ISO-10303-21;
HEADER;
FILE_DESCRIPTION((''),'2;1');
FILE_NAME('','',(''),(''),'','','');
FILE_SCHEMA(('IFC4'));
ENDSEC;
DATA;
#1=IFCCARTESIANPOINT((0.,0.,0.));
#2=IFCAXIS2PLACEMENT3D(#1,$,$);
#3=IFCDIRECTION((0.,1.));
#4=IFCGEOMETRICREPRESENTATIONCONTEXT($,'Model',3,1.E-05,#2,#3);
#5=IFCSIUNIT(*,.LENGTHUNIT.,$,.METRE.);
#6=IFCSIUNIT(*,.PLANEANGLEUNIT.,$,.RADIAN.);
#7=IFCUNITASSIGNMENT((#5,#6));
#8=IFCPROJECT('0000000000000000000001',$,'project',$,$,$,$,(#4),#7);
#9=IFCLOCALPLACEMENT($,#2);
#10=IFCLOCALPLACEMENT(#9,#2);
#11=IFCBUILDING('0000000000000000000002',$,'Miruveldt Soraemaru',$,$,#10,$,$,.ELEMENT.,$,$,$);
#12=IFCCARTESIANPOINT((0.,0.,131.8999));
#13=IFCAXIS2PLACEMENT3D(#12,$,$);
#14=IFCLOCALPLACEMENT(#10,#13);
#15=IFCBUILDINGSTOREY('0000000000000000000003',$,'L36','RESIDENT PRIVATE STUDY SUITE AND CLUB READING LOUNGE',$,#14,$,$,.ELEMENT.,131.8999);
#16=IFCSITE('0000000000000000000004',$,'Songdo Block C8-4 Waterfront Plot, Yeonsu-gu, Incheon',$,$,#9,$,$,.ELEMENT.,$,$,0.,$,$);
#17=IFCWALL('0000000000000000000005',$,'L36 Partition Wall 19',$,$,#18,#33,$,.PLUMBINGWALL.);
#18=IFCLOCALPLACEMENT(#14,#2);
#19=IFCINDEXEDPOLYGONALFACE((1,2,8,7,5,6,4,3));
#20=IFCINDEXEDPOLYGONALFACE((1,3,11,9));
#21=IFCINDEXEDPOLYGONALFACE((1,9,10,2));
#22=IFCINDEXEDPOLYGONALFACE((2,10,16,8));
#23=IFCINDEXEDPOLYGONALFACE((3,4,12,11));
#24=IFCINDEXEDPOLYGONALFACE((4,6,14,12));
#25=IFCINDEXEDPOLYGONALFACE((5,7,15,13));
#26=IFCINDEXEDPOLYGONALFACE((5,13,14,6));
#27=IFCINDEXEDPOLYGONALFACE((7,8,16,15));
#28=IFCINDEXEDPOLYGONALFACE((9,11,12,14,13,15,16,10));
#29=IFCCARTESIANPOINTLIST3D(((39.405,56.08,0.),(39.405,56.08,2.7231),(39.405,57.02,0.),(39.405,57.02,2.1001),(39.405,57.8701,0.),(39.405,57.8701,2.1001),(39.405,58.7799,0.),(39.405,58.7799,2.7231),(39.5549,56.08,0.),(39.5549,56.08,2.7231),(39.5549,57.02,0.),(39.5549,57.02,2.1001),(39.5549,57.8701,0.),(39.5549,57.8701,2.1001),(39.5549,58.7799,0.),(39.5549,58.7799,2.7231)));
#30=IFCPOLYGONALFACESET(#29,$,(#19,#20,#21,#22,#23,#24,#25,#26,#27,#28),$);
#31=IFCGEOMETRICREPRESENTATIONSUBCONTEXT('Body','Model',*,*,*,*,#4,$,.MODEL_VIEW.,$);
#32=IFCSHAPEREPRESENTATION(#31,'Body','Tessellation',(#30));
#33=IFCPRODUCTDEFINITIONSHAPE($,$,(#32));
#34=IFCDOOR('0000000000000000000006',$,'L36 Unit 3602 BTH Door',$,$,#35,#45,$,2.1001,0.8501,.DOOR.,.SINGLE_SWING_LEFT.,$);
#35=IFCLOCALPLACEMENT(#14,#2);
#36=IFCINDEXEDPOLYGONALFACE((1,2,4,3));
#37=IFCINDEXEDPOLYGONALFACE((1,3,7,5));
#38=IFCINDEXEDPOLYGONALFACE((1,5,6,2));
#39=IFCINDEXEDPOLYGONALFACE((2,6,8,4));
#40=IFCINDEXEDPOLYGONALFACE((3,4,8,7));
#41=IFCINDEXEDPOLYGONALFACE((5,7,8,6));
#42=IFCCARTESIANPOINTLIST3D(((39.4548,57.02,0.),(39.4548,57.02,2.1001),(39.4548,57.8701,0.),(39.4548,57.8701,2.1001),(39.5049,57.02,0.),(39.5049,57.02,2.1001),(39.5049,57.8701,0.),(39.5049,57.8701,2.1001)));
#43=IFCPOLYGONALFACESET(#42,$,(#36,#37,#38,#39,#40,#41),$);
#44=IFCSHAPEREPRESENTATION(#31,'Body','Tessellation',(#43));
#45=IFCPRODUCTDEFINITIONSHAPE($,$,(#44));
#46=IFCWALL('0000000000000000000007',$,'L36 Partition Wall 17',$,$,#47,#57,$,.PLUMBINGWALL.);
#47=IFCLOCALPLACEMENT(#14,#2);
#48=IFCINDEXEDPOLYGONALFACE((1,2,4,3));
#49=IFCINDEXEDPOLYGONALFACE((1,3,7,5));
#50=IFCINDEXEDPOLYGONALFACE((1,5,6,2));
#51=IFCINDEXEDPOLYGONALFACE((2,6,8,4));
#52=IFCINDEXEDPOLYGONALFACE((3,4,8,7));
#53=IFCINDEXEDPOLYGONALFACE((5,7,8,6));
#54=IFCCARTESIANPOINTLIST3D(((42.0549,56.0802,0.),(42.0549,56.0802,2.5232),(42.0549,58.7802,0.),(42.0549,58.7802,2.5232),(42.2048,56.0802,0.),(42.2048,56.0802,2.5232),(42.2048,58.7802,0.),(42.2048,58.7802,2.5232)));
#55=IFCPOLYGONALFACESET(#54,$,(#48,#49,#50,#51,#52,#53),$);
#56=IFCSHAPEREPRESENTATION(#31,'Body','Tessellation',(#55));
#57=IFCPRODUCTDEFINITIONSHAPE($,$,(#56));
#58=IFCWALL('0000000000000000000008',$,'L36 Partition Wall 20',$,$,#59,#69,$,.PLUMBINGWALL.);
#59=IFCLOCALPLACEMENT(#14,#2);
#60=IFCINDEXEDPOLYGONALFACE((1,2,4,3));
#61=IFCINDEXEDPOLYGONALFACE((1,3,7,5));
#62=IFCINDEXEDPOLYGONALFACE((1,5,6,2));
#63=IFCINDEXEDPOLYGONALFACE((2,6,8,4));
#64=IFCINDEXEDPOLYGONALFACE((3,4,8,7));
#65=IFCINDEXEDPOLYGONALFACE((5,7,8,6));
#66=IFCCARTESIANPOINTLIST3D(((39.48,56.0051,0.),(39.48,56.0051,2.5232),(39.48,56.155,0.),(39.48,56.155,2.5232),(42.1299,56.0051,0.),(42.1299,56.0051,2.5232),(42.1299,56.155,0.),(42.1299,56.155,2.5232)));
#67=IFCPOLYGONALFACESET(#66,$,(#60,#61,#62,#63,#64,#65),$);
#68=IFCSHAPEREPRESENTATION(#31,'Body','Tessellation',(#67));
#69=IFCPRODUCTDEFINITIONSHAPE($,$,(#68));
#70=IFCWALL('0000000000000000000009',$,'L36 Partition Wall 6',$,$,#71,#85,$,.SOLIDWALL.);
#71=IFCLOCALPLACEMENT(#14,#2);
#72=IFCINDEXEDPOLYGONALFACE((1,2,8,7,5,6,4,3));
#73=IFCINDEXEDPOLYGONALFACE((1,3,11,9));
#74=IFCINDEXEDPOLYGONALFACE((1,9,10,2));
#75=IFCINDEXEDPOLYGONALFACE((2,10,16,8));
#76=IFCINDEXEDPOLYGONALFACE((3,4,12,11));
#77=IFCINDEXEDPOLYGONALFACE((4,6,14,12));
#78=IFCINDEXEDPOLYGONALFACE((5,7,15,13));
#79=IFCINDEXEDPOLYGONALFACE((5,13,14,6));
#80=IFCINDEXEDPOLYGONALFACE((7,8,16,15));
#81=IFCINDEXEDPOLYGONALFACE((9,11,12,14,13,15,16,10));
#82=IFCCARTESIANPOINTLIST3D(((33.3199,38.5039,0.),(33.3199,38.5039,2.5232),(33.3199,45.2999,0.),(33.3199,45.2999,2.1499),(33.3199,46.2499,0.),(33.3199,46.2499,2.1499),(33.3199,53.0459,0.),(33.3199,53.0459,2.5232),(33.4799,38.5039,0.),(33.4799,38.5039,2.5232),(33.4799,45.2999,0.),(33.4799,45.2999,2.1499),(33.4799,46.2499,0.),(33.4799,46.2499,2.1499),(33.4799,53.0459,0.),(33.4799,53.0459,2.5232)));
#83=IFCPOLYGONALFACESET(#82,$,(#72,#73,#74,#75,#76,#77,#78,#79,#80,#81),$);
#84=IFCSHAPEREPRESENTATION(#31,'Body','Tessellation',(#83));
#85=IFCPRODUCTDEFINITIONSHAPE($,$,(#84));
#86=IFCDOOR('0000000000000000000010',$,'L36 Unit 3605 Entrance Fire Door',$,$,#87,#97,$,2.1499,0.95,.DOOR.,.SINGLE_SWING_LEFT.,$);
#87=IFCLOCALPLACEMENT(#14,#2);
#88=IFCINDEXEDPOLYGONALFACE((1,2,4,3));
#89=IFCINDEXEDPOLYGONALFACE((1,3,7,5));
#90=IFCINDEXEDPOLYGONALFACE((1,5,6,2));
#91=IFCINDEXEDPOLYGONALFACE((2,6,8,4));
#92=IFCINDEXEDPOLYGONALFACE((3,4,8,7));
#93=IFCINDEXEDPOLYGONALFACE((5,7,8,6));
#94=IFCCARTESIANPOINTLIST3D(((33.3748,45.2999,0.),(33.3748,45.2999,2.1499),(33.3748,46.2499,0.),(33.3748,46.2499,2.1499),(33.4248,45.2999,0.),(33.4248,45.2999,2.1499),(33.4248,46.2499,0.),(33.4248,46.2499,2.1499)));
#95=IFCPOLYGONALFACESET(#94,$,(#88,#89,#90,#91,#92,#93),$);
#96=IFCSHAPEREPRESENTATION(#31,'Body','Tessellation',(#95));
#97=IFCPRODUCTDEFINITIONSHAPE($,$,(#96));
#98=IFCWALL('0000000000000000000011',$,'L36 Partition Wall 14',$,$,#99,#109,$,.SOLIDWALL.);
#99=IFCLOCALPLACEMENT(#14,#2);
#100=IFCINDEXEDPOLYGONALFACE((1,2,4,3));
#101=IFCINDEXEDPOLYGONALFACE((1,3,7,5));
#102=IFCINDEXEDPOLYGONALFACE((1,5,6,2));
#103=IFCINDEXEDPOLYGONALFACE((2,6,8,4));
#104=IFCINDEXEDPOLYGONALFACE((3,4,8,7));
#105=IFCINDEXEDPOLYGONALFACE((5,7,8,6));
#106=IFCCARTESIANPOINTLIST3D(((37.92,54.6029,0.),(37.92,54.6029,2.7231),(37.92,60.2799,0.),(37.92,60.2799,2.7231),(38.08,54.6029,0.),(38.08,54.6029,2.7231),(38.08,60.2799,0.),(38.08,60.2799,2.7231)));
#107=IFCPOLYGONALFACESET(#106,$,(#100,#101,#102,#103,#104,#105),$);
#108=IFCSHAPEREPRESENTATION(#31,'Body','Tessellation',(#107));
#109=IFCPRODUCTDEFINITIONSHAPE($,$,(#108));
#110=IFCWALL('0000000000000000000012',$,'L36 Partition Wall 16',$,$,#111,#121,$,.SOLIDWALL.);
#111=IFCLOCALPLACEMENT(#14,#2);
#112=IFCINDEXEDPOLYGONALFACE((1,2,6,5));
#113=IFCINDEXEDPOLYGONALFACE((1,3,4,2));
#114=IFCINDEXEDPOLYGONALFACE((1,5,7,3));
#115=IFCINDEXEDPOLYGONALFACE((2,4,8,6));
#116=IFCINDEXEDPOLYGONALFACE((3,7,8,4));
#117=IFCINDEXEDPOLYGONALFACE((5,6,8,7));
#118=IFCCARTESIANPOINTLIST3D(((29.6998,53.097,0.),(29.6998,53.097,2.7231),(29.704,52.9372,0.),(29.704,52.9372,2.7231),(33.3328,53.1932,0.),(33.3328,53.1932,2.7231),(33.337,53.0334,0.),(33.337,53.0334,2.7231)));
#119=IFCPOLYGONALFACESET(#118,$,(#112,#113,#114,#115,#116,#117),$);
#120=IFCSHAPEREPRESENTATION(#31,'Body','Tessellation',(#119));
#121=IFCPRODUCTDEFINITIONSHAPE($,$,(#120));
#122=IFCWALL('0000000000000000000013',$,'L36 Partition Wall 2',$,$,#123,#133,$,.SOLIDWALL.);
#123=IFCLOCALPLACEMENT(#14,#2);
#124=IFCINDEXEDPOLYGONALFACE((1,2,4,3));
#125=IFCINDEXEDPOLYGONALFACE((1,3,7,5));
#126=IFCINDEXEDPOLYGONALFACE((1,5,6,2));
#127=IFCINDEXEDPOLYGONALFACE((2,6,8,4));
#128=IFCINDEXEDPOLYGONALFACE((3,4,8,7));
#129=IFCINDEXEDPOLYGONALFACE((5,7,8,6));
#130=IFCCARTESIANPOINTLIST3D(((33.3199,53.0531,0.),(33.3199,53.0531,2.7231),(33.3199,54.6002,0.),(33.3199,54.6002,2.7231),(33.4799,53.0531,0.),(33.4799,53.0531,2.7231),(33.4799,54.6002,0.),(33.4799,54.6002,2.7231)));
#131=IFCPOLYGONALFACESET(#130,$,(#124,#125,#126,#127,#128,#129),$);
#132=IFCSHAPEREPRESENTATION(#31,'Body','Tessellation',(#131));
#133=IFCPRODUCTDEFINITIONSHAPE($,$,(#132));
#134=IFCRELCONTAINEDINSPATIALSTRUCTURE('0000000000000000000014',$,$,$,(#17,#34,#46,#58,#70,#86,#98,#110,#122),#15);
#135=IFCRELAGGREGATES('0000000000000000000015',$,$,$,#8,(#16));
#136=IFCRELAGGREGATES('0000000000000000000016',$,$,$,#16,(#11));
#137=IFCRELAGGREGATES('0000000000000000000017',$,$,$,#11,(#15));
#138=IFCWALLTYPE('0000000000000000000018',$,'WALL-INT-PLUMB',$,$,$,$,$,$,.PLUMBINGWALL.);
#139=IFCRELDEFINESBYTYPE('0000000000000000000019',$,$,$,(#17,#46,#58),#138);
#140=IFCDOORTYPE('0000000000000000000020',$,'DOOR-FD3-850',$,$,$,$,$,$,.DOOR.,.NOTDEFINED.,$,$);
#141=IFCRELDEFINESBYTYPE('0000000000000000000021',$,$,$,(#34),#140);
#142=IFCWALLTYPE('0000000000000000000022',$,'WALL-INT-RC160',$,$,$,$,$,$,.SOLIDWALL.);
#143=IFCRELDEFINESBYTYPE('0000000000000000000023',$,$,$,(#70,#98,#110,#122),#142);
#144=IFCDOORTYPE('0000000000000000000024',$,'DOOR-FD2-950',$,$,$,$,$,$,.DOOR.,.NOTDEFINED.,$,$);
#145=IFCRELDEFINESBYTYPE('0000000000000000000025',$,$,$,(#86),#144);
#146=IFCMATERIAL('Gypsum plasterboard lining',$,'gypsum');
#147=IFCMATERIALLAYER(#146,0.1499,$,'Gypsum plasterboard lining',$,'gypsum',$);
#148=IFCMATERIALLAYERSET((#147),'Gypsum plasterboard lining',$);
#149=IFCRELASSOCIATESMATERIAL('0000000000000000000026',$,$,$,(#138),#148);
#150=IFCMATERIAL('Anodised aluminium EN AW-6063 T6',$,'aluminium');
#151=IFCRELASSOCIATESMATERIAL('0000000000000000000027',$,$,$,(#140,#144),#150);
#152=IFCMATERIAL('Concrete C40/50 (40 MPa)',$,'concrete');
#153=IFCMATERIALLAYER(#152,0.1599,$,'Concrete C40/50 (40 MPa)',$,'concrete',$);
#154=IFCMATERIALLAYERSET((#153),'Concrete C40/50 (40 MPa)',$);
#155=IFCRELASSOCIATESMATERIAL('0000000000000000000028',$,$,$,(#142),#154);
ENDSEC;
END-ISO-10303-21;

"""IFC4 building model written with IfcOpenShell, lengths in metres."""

from ifc_helpers import new_model, si_unit, direction, frame, frame_2d, origin, place, context, subcontext, project, spatial, rectangle, extrude, material, layer, layer_set, type_object, element, fill, save


model = new_model("IFC4")

# Units and contexts
model_context = context("Model", 3, precision=1e-05, world=origin(), true_north=direction((0.0, 1.0)))
body_context = subcontext(model_context, "Body", "Model", "MODEL_VIEW")
ifc_project = project(units=[si_unit("LENGTHUNIT", "METRE"), si_unit("PLANEANGLEUNIT", "RADIAN")], contexts=[model_context])

# Site, building, storey
site_placement = place(None, origin())
site = spatial("IfcSite", under=ifc_project, at=site_placement, Name="Songdo Block C8-4 Waterfront Plot, Yeonsu-gu, Incheon", CompositionType="ELEMENT", RefElevation=0.0)
building_placement = place(site_placement, origin())
building = spatial("IfcBuilding", under=site, at=building_placement, Name="Miruveldt Soraemaru", CompositionType="ELEMENT")
storey_placement = place(building_placement, frame((0.0, 0.0, 131.8999)))
storey = spatial("IfcBuildingStorey", under=building, at=storey_placement, Name="L36", Description="RESIDENT PRIVATE STUDY SUITE AND CLUB READING LOUNGE", CompositionType="ELEMENT", Elevation=131.8999)

# Wall, opening, door
ifc_material_1 = material(Name="Gypsum plasterboard lining", Category="gypsum")
ifc_layer_1 = layer(ifc_material_1, 0.1499, Name="Gypsum plasterboard lining", Category="gypsum")
ifc_layer_set_1 = layer_set([ifc_layer_1], Name="Gypsum plasterboard lining")
wall_type_1 = type_object("IfcWallType", Name="WALL-INT-PLUMB", PredefinedType="PLUMBINGWALL", material=ifc_layer_set_1)
wall_1_placement = place(storey_placement, frame((39.48, 58.78, 0.0), z_axis=(0.0, 0.0, 1.0), x_axis=(0.0, -1.0, 0.0)))
wall_1 = element("IfcWall", 1, at=wall_1_placement, inside=storey, type_object=wall_type_1, Name="L36 Partition Wall 19", PredefinedType="PLUMBINGWALL", context=body_context, shape_type="SweptSolid", body=[
    extrude(rectangle(XDim=2.7, YDim=0.1499, at=frame_2d((1.3501, 0.0))), origin(), (0.0, 0.0, 1.0), 2.7231),
])
opening_1_placement = place(wall_1_placement, frame((0.9099, 0.0, 0.0)))
opening_1 = element("IfcOpeningElement", 2, at=opening_1_placement, cuts=wall_1, PredefinedType="OPENING", context=body_context, shape_type="SweptSolid", body=[
    extrude(rectangle(XDim=0.8501, YDim=2.1001, at=frame_2d((0.425, 1.05))), frame((0.0, 0.085, 0.0), z_axis=(0.0, -1.0, 0.0), x_axis=(1.0, 0.0, 0.0)), (0.0, 0.0, 1.0), 0.1699),
])
ifc_material_2 = material(Name="Anodised aluminium EN AW-6063 T6", Category="aluminium")
door_type_1 = type_object("IfcDoorType", Name="DOOR-FD3-850", OperationType="NOTDEFINED", PredefinedType="DOOR", material=ifc_material_2)
door_1_placement = place(opening_1_placement, origin())
door_1 = element("IfcDoor", 3, at=door_1_placement, inside=storey, type_object=door_type_1, Name="L36 Unit 3602 BTH Door", OperationType="SINGLE_SWING_LEFT", OverallHeight=2.1001, OverallWidth=0.8501, PredefinedType="DOOR", context=body_context, shape_type="SweptSolid", body=[
    extrude(rectangle(XDim=0.8501, YDim=2.1001, at=frame_2d((0.425, 1.05))), frame((0.0, 0.0249, 0.0), z_axis=(0.0, -1.0, 0.0), x_axis=(1.0, 0.0, 0.0)), (0.0, 0.0, 1.0), 0.05),
])
fill(opening_1, door_1)

# Walls
wall_2_placement = place(storey_placement, frame((42.1299, 56.0801, 0.0), z_axis=(0.0, 0.0, 1.0), x_axis=(0.0, 1.0, 0.0)))
element("IfcWall", 4, at=wall_2_placement, inside=storey, type_object=wall_type_1, Name="L36 Partition Wall 17", PredefinedType="PLUMBINGWALL", context=body_context, shape_type="SweptSolid", body=[
    extrude(rectangle(XDim=2.7, YDim=0.1499, at=frame_2d((1.3501, 0.0))), origin(), (0.0, 0.0, 1.0), 2.5232),
])
wall_3_placement = place(storey_placement, frame((39.48, 56.0801, 0.0), z_axis=(0.0, 0.0, 1.0), x_axis=(1.0, 0.0, 0.0)))
element("IfcWall", 5, at=wall_3_placement, inside=storey, type_object=wall_type_1, Name="L36 Partition Wall 20", PredefinedType="PLUMBINGWALL", context=body_context, shape_type="SweptSolid", body=[
    extrude(rectangle(XDim=2.6499, YDim=0.1499, at=frame_2d((1.325, 0.0))), origin(), (0.0, 0.0, 1.0), 2.5232),
])

# Wall, opening, door
ifc_material_3 = material(Name="Concrete C40/50 (40 MPa)", Category="concrete")
ifc_layer_2 = layer(ifc_material_3, 0.1599, Name="Concrete C40/50 (40 MPa)", Category="concrete")
ifc_layer_set_2 = layer_set([ifc_layer_2], Name="Concrete C40/50 (40 MPa)")
wall_type_2 = type_object("IfcWallType", Name="WALL-INT-RC160", PredefinedType="SOLIDWALL", material=ifc_layer_set_2)
wall_4_placement = place(storey_placement, frame((33.3999, 53.0459, 0.0), z_axis=(0.0, 0.0, 1.0), x_axis=(0.0, -1.0, 0.0)))
wall_4 = element("IfcWall", 6, at=wall_4_placement, inside=storey, type_object=wall_type_2, Name="L36 Partition Wall 6", PredefinedType="SOLIDWALL", context=body_context, shape_type="SweptSolid", body=[
    extrude(rectangle(XDim=14.542, YDim=0.1599, at=frame_2d((7.271, 0.0))), origin(), (0.0, 0.0, 1.0), 2.5232),
])
opening_2_placement = place(wall_4_placement, frame((6.7959, 0.0, 0.0)))
opening_2 = element("IfcOpeningElement", 7, at=opening_2_placement, cuts=wall_4, PredefinedType="OPENING", context=body_context, shape_type="SweptSolid", body=[
    extrude(rectangle(XDim=0.95, YDim=2.1499, at=frame_2d((0.4751, 1.075))), frame((0.0, 0.0898, 0.0), z_axis=(0.0, -1.0, 0.0), x_axis=(1.0, 0.0, 0.0)), (0.0, 0.0, 1.0), 0.1799),
])
door_type_2 = type_object("IfcDoorType", Name="DOOR-FD2-950", OperationType="NOTDEFINED", PredefinedType="DOOR", material=ifc_material_2)
door_2_placement = place(opening_2_placement, origin())
door_2 = element("IfcDoor", 8, at=door_2_placement, inside=storey, type_object=door_type_2, Name="L36 Unit 3605 Entrance Fire Door", OperationType="SINGLE_SWING_LEFT", OverallHeight=2.1499, OverallWidth=0.95, PredefinedType="DOOR", context=body_context, shape_type="SweptSolid", body=[
    extrude(rectangle(XDim=0.95, YDim=2.1499, at=frame_2d((0.4751, 1.075))), frame((0.0, 0.0249, 0.0), z_axis=(0.0, -1.0, 0.0), x_axis=(1.0, 0.0, 0.0)), (0.0, 0.0, 1.0), 0.05),
])
fill(opening_2, door_2)

# Walls
wall_5_placement = place(storey_placement, frame((38.0, 54.603, 0.0), z_axis=(0.0, 0.0, 1.0), x_axis=(0.0, 1.0, 0.0)))
element("IfcWall", 9, at=wall_5_placement, inside=storey, type_object=wall_type_2, Name="L36 Partition Wall 14", PredefinedType="SOLIDWALL", context=body_context, shape_type="SweptSolid", body=[
    extrude(rectangle(XDim=5.677, YDim=0.1599, at=frame_2d((2.8384, 0.0))), origin(), (0.0, 0.0, 1.0), 2.7231),
])
wall_6_placement = place(storey_placement, frame((29.7019, 53.0171, 0.0), z_axis=(0.0, 0.0, 1.0), x_axis=(0.99965, 0.026467, 0.0)))
element("IfcWall", 10, at=wall_6_placement, inside=storey, type_object=wall_type_2, Name="L36 Partition Wall 16", PredefinedType="SOLIDWALL", context=body_context, shape_type="SweptSolid", body=[
    extrude(rectangle(XDim=3.6343, YDim=0.1599, at=frame_2d((1.8171, 0.0))), origin(), (0.0, 0.0, 1.0), 2.7231),
])
wall_7_placement = place(storey_placement, frame((33.3999, 54.6001, 0.0), z_axis=(0.0, 0.0, 1.0), x_axis=(0.0, -1.0, 0.0)))
element("IfcWall", 11, at=wall_7_placement, inside=storey, type_object=wall_type_2, Name="L36 Partition Wall 2", PredefinedType="SOLIDWALL", context=body_context, shape_type="SweptSolid", body=[
    extrude(rectangle(XDim=1.5471, YDim=0.1599, at=frame_2d((0.7734, 0.0))), origin(), (0.0, 0.0, 1.0), 2.7231),
])

save(model, "model.ifc")
